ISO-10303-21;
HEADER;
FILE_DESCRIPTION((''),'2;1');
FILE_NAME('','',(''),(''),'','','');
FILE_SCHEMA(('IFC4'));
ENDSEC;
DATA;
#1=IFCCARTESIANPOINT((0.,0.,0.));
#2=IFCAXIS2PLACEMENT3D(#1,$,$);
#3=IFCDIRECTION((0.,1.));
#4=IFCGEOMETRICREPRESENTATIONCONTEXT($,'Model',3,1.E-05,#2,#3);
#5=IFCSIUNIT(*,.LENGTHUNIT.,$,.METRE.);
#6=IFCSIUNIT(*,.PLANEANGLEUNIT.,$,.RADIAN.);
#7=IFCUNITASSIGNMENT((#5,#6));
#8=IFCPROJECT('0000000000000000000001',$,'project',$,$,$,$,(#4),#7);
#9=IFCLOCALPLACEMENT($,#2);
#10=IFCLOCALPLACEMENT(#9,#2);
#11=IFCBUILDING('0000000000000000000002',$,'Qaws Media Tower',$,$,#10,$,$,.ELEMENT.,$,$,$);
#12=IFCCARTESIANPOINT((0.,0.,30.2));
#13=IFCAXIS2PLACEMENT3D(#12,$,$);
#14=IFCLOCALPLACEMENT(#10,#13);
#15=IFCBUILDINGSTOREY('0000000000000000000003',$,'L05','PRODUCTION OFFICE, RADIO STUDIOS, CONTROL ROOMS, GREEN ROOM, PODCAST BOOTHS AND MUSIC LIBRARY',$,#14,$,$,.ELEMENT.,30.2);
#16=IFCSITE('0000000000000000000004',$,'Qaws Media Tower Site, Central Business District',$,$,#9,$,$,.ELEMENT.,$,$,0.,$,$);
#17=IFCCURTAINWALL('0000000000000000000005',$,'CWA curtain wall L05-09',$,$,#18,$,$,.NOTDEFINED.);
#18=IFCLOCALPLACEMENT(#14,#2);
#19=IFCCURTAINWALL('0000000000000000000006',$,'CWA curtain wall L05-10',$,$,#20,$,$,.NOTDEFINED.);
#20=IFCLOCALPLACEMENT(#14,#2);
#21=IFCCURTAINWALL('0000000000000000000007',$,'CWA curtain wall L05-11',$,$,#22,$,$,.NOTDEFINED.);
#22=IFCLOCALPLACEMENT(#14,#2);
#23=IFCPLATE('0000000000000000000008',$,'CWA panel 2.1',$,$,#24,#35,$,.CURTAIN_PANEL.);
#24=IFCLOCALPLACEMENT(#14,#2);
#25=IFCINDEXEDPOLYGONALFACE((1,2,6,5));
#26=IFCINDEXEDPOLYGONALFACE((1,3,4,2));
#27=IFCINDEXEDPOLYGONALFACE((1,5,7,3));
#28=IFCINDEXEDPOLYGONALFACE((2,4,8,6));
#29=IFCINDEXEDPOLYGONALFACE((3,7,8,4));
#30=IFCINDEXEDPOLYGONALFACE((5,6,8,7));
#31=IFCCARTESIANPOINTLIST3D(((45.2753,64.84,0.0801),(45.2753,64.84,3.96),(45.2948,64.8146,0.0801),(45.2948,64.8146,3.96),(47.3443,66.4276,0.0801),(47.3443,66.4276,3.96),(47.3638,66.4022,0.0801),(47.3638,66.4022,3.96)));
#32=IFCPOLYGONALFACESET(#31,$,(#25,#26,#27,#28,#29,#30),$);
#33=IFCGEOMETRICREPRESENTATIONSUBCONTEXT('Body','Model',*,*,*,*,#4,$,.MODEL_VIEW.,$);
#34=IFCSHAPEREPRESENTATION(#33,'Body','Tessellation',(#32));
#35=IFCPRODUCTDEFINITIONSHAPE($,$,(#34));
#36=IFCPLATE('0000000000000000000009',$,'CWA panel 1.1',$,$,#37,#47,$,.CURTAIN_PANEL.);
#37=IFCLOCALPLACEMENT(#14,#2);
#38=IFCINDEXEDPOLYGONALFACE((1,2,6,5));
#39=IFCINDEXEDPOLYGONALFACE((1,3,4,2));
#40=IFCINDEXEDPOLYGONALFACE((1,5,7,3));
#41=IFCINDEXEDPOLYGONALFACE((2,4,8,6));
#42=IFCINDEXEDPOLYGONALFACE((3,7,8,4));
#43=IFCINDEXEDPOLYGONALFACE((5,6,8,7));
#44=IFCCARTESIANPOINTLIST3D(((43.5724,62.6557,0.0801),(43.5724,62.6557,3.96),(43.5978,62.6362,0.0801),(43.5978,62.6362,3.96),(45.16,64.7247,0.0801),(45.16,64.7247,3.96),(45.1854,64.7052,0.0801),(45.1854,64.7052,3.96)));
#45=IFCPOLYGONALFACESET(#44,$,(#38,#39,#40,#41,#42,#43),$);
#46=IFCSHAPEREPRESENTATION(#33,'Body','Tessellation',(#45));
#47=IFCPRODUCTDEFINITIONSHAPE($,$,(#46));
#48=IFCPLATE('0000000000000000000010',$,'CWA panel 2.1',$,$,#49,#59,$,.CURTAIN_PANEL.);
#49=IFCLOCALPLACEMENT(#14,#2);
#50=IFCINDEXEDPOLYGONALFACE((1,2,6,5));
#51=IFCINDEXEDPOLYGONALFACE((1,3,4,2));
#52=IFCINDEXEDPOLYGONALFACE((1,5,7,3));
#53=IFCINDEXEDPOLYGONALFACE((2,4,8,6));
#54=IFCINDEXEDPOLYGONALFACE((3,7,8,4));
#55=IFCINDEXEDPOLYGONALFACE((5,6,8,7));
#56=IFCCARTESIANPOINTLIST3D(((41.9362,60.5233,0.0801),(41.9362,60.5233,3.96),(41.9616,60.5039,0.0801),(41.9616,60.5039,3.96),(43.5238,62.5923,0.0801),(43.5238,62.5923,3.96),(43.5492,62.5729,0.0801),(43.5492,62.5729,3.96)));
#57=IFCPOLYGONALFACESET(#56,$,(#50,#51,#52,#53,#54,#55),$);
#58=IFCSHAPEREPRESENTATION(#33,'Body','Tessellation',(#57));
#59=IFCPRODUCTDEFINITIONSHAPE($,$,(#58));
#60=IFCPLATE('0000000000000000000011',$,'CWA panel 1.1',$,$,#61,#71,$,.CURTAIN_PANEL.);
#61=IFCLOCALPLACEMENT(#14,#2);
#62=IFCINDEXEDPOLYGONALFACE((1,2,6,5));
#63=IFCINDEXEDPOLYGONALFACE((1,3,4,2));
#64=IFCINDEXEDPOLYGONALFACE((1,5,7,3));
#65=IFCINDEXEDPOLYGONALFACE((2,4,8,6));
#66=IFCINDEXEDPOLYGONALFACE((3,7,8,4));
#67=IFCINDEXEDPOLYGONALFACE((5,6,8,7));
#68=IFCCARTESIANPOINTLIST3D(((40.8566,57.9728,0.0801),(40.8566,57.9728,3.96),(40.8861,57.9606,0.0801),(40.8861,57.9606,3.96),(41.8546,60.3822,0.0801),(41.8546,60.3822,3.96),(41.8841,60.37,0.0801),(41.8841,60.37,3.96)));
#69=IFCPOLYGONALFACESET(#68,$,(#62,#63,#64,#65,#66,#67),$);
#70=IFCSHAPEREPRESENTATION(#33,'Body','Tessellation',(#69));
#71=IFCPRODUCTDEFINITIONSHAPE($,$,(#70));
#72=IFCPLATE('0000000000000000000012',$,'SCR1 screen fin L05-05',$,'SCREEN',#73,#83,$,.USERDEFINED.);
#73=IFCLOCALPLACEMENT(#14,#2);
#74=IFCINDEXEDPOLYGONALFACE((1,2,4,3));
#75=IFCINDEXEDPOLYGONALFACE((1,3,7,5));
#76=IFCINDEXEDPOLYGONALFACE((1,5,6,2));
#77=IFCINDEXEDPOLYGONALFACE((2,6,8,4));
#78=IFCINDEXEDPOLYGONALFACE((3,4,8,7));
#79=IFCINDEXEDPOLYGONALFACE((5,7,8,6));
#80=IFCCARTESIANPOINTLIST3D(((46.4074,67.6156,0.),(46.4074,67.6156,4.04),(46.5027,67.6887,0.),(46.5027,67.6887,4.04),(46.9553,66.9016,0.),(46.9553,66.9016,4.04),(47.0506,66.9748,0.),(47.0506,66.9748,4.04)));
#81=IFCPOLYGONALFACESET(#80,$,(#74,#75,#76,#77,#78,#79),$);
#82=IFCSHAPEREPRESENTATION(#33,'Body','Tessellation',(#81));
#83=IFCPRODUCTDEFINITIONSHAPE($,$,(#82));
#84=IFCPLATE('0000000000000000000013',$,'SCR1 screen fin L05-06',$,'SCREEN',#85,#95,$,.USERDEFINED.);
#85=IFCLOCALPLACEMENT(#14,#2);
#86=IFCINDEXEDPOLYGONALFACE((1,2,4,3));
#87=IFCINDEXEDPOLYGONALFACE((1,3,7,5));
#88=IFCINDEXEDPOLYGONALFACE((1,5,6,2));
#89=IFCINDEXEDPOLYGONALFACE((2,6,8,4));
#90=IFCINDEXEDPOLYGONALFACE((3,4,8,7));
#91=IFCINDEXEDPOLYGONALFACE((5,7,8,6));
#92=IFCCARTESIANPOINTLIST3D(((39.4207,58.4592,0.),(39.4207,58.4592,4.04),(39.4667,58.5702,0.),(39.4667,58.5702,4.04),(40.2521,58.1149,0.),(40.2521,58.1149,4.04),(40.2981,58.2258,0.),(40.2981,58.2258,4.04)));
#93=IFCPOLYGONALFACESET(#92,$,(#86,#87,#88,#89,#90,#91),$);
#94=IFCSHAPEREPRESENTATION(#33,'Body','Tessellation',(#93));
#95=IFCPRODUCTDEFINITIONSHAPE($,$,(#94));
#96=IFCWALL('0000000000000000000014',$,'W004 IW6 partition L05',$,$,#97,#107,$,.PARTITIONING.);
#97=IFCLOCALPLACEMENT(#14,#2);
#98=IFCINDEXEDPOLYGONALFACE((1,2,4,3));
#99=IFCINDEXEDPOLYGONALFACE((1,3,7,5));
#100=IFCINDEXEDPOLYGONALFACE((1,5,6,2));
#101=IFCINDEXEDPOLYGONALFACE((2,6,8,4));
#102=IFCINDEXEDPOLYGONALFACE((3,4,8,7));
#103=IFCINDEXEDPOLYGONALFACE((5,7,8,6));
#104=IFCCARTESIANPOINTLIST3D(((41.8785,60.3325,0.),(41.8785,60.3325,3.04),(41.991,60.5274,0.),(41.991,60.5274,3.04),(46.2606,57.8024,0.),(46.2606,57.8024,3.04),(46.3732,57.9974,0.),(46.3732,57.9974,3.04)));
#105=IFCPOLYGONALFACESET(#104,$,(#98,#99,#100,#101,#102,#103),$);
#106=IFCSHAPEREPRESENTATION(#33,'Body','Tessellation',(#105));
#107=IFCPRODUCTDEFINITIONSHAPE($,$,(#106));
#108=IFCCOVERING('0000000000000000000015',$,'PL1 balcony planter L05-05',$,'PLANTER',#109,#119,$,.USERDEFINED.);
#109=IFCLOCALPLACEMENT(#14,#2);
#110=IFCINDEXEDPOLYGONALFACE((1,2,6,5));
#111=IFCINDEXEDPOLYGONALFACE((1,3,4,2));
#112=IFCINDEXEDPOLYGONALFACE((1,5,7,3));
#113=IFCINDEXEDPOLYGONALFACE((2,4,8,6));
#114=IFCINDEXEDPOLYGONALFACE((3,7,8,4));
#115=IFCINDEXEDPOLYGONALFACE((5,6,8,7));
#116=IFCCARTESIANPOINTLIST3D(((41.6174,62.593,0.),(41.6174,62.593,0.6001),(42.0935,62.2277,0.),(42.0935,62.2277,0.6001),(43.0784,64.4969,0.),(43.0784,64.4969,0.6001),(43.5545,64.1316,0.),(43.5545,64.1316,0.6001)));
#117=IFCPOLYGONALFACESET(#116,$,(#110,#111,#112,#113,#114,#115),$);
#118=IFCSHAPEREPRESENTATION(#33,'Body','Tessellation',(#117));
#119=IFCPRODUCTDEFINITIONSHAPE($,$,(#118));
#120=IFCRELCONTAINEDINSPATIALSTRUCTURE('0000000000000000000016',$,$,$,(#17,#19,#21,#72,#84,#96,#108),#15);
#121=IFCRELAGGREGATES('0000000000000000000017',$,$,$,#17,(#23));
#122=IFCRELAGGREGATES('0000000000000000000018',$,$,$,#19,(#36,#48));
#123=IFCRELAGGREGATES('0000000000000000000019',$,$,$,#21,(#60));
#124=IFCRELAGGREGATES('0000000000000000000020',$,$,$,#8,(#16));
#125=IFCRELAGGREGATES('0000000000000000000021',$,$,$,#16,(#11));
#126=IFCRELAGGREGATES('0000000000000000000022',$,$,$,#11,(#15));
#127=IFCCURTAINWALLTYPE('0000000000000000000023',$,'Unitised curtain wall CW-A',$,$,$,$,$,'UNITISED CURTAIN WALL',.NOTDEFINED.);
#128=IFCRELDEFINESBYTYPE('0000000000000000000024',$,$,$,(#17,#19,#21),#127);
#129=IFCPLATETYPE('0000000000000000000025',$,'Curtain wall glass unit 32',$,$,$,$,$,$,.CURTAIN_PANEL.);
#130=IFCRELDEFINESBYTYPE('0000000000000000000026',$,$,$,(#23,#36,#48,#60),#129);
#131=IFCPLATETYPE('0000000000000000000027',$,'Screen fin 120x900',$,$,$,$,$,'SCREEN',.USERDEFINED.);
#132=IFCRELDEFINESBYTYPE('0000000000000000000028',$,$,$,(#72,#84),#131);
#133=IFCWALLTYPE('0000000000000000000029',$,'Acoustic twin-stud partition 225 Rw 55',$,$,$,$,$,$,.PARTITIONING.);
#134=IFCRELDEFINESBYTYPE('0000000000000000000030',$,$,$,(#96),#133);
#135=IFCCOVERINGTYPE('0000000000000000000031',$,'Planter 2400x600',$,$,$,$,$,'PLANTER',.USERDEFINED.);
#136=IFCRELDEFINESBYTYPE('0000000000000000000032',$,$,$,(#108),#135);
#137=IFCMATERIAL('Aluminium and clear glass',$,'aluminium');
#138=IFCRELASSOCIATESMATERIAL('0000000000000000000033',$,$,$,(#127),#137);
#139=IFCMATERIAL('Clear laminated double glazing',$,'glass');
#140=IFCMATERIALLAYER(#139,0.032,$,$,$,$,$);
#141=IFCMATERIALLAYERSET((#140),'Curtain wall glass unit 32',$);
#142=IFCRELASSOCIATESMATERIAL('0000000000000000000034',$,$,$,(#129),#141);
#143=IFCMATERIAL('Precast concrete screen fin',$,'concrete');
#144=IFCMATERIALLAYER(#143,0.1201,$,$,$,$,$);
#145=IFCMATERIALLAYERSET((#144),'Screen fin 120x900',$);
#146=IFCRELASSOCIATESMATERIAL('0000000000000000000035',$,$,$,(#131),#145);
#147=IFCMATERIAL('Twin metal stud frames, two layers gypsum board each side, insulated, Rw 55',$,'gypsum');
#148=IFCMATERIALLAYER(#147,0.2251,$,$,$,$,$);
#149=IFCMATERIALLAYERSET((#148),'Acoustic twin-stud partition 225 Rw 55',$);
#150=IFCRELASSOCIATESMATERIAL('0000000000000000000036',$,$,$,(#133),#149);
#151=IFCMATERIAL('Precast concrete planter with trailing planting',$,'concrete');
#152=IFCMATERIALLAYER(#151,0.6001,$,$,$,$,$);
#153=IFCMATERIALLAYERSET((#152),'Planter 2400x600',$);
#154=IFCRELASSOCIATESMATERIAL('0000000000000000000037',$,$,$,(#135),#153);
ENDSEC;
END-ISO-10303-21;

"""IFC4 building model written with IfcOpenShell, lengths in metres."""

from ifc_helpers import new_model, si_unit, direction, frame, frame_2d, origin, origin_2d, place, context, subcontext, project, spatial, rectangle, extrude, material, layer, layer_set, type_object, element, aggregate, save


model = new_model("IFC4")

# Units and contexts
model_context = context("Model", 3, precision=1e-05, world=origin(), true_north=direction((0.0, 1.0)))
body_context = subcontext(model_context, "Body", "Model", "MODEL_VIEW")
ifc_project = project(units=[si_unit("LENGTHUNIT", "METRE"), si_unit("PLANEANGLEUNIT", "RADIAN")], contexts=[model_context])

# Site, building, storey
site_placement = place(None, origin())
site = spatial("IfcSite", under=ifc_project, at=site_placement, Name="Qaws Media Tower Site, Central Business District", CompositionType="ELEMENT", RefElevation=0.0)
building_placement = place(site_placement, origin())
building = spatial("IfcBuilding", under=site, at=building_placement, Name="Qaws Media Tower", CompositionType="ELEMENT")
storey_placement = place(building_placement, frame((0.0, 0.0, 30.2)))
storey = spatial("IfcBuildingStorey", under=building, at=storey_placement, Name="L05", Description="PRODUCTION OFFICE, RADIO STUDIOS, CONTROL ROOMS, GREEN ROOM, PODCAST BOOTHS AND MUSIC LIBRARY", CompositionType="ELEMENT", Elevation=30.2)

# Curtain wall
ifc_material_1 = material(Name="Aluminium and clear glass", Category="aluminium")
curtain_wall_type = type_object("IfcCurtainWallType", Name="Unitised curtain wall CW-A", ElementType="UNITISED CURTAIN WALL", PredefinedType="NOTDEFINED", material=ifc_material_1)
curtain_wall_1_placement = place(storey_placement, origin())
curtain_wall_1 = element("IfcCurtainWall", 1, at=curtain_wall_1_placement, inside=storey, type_object=curtain_wall_type, Name="CWA curtain wall L05-09", PredefinedType="NOTDEFINED")

# Curtain walls
curtain_wall_2_placement = place(storey_placement, origin())
curtain_wall_2 = element("IfcCurtainWall", 2, at=curtain_wall_2_placement, inside=storey, type_object=curtain_wall_type, Name="CWA curtain wall L05-10", PredefinedType="NOTDEFINED")
curtain_wall_3_placement = place(storey_placement, origin())
curtain_wall_3 = element("IfcCurtainWall", 3, at=curtain_wall_3_placement, inside=storey, type_object=curtain_wall_type, Name="CWA curtain wall L05-11", PredefinedType="NOTDEFINED")

# Plates
ifc_material_2 = material(Name="Clear laminated double glazing", Category="glass")
ifc_layer_1 = layer(ifc_material_2, 0.032)
ifc_layer_set_1 = layer_set([ifc_layer_1], Name="Curtain wall glass unit 32")
plate_type_1 = type_object("IfcPlateType", Name="Curtain wall glass unit 32", PredefinedType="CURTAIN_PANEL", material=ifc_layer_set_1)
plate_1_placement = place(storey_placement, frame((46.3196, 65.6211, 0.0801), z_axis=(0.0, 0.0, 1.0), x_axis=(-0.793353, -0.608761, 0.0)))
plate_1 = element("IfcPlate", 4, at=plate_1_placement, type_object=plate_type_1, Name="CWA panel 2.1", PredefinedType="CURTAIN_PANEL", context=body_context, shape_type="SweptSolid", body=[
    extrude(rectangle(XDim=2.6079, YDim=0.032, at=origin_2d()), origin(), (0.0, 0.0, 1.0), 3.8799),
])
aggregate(curtain_wall_1, [plate_1])
plate_2_placement = place(storey_placement, frame((44.3789, 63.6804, 0.0801), z_axis=(0.0, 0.0, 1.0), x_axis=(-0.608761, -0.793353, 0.0)))
plate_2 = element("IfcPlate", 5, at=plate_2_placement, type_object=plate_type_1, Name="CWA panel 1.1", PredefinedType="CURTAIN_PANEL", context=body_context, shape_type="SweptSolid", body=[
    extrude(rectangle(XDim=2.6079, YDim=0.032, at=origin_2d()), origin(), (0.0, 0.0, 1.0), 3.8799),
])
plate_3_placement = place(storey_placement, frame((42.7427, 61.5481, 0.0801), z_axis=(0.0, 0.0, 1.0), x_axis=(-0.608761, -0.793353, 0.0)))
plate_3 = element("IfcPlate", 6, at=plate_3_placement, type_object=plate_type_1, Name="CWA panel 2.1", PredefinedType="CURTAIN_PANEL", context=body_context, shape_type="SweptSolid", body=[
    extrude(rectangle(XDim=2.6079, YDim=0.032, at=origin_2d()), origin(), (0.0, 0.0, 1.0), 3.8799),
])
aggregate(curtain_wall_2, [plate_2, plate_3])
plate_4_placement = place(storey_placement, frame((41.3704, 59.1714, 0.0801), z_axis=(0.0, 0.0, 1.0), x_axis=(-0.382683, -0.92388, 0.0)))
plate_4 = element("IfcPlate", 7, at=plate_4_placement, type_object=plate_type_1, Name="CWA panel 1.1", PredefinedType="CURTAIN_PANEL", context=body_context, shape_type="SweptSolid", body=[
    extrude(rectangle(XDim=2.6079, YDim=0.032, at=origin_2d()), origin(), (0.0, 0.0, 1.0), 3.8799),
])
aggregate(curtain_wall_3, [plate_4])

# Plates
ifc_material_3 = material(Name="Precast concrete screen fin", Category="concrete")
ifc_layer_2 = layer(ifc_material_3, 0.1201)
ifc_layer_set_2 = layer_set([ifc_layer_2], Name="Screen fin 120x900")
plate_type_2 = type_object("IfcPlateType", Name="Screen fin 120x900", ElementType="SCREEN", PredefinedType="USERDEFINED", material=ifc_layer_set_2)
for number, where, z_axis, x_axis, name in (
    (8, (46.729, 67.2952, 0.0), (0.0, 0.0, 1.0), (-0.608761, 0.793353, 0.0), "SCR1 screen fin L05-05"),
    (9, (39.8594, 58.3425, 0.0), (0.0, 0.0, 1.0), (-0.92388, 0.382683, 0.0), "SCR1 screen fin L05-06"),
):
    element("IfcPlate", number, at=place(storey_placement, frame(where, z_axis=z_axis, x_axis=x_axis)), inside=storey, type_object=plate_type_2, Name=name, ObjectType="SCREEN", PredefinedType="USERDEFINED", context=body_context, shape_type="SweptSolid", body=[
        extrude(rectangle(XDim=0.8999, YDim=0.1201, at=origin_2d()), origin(), (0.0, 0.0, 1.0), 4.04),
    ])

# Wall
ifc_material_4 = material(Name="Twin metal stud frames, two layers gypsum board each side, insulated, Rw 55", Category="gypsum")
ifc_layer_3 = layer(ifc_material_4, 0.2251)
ifc_layer_set_3 = layer_set([ifc_layer_3], Name="Acoustic twin-stud partition 225 Rw 55")
wall_type = type_object("IfcWallType", Name="Acoustic twin-stud partition 225 Rw 55", PredefinedType="PARTITIONING", material=ifc_layer_set_3)
wall_placement = place(storey_placement, frame((46.3169, 57.8999, 0.0), z_axis=(0.0, 0.0, 1.0), x_axis=(-0.866022, 0.500005, 0.0)))
element("IfcWall", 10, at=wall_placement, inside=storey, type_object=wall_type, Name="W004 IW6 partition L05", PredefinedType="PARTITIONING", context=body_context, shape_type="SweptSolid", body=[
    extrude(rectangle(XDim=5.0601, YDim=0.2251, at=frame_2d((2.53, 0.0))), origin(), (0.0, 0.0, 1.0), 3.04),
])

# Covering
ifc_material_5 = material(Name="Precast concrete planter with trailing planting", Category="concrete")
ifc_layer_4 = layer(ifc_material_5, 0.6001)
ifc_layer_set_4 = layer_set([ifc_layer_4], Name="Planter 2400x600")
covering_type = type_object("IfcCoveringType", Name="Planter 2400x600", ElementType="PLANTER", PredefinedType="USERDEFINED", material=ifc_layer_set_4)
covering_placement = place(storey_placement, frame((42.5859, 63.3623, 0.0), z_axis=(0.0, 0.0, 1.0), x_axis=(-0.608761, -0.793353, 0.0)))
element("IfcCovering", 11, at=covering_placement, inside=storey, type_object=covering_type, Name="PL1 balcony planter L05-05", ObjectType="PLANTER", PredefinedType="USERDEFINED", context=body_context, shape_type="SweptSolid", body=[
    extrude(rectangle(XDim=2.3999, YDim=0.6001, at=origin_2d()), origin(), (0.0, 0.0, 1.0), 0.6001),
])

save(model, "model.ifc")
